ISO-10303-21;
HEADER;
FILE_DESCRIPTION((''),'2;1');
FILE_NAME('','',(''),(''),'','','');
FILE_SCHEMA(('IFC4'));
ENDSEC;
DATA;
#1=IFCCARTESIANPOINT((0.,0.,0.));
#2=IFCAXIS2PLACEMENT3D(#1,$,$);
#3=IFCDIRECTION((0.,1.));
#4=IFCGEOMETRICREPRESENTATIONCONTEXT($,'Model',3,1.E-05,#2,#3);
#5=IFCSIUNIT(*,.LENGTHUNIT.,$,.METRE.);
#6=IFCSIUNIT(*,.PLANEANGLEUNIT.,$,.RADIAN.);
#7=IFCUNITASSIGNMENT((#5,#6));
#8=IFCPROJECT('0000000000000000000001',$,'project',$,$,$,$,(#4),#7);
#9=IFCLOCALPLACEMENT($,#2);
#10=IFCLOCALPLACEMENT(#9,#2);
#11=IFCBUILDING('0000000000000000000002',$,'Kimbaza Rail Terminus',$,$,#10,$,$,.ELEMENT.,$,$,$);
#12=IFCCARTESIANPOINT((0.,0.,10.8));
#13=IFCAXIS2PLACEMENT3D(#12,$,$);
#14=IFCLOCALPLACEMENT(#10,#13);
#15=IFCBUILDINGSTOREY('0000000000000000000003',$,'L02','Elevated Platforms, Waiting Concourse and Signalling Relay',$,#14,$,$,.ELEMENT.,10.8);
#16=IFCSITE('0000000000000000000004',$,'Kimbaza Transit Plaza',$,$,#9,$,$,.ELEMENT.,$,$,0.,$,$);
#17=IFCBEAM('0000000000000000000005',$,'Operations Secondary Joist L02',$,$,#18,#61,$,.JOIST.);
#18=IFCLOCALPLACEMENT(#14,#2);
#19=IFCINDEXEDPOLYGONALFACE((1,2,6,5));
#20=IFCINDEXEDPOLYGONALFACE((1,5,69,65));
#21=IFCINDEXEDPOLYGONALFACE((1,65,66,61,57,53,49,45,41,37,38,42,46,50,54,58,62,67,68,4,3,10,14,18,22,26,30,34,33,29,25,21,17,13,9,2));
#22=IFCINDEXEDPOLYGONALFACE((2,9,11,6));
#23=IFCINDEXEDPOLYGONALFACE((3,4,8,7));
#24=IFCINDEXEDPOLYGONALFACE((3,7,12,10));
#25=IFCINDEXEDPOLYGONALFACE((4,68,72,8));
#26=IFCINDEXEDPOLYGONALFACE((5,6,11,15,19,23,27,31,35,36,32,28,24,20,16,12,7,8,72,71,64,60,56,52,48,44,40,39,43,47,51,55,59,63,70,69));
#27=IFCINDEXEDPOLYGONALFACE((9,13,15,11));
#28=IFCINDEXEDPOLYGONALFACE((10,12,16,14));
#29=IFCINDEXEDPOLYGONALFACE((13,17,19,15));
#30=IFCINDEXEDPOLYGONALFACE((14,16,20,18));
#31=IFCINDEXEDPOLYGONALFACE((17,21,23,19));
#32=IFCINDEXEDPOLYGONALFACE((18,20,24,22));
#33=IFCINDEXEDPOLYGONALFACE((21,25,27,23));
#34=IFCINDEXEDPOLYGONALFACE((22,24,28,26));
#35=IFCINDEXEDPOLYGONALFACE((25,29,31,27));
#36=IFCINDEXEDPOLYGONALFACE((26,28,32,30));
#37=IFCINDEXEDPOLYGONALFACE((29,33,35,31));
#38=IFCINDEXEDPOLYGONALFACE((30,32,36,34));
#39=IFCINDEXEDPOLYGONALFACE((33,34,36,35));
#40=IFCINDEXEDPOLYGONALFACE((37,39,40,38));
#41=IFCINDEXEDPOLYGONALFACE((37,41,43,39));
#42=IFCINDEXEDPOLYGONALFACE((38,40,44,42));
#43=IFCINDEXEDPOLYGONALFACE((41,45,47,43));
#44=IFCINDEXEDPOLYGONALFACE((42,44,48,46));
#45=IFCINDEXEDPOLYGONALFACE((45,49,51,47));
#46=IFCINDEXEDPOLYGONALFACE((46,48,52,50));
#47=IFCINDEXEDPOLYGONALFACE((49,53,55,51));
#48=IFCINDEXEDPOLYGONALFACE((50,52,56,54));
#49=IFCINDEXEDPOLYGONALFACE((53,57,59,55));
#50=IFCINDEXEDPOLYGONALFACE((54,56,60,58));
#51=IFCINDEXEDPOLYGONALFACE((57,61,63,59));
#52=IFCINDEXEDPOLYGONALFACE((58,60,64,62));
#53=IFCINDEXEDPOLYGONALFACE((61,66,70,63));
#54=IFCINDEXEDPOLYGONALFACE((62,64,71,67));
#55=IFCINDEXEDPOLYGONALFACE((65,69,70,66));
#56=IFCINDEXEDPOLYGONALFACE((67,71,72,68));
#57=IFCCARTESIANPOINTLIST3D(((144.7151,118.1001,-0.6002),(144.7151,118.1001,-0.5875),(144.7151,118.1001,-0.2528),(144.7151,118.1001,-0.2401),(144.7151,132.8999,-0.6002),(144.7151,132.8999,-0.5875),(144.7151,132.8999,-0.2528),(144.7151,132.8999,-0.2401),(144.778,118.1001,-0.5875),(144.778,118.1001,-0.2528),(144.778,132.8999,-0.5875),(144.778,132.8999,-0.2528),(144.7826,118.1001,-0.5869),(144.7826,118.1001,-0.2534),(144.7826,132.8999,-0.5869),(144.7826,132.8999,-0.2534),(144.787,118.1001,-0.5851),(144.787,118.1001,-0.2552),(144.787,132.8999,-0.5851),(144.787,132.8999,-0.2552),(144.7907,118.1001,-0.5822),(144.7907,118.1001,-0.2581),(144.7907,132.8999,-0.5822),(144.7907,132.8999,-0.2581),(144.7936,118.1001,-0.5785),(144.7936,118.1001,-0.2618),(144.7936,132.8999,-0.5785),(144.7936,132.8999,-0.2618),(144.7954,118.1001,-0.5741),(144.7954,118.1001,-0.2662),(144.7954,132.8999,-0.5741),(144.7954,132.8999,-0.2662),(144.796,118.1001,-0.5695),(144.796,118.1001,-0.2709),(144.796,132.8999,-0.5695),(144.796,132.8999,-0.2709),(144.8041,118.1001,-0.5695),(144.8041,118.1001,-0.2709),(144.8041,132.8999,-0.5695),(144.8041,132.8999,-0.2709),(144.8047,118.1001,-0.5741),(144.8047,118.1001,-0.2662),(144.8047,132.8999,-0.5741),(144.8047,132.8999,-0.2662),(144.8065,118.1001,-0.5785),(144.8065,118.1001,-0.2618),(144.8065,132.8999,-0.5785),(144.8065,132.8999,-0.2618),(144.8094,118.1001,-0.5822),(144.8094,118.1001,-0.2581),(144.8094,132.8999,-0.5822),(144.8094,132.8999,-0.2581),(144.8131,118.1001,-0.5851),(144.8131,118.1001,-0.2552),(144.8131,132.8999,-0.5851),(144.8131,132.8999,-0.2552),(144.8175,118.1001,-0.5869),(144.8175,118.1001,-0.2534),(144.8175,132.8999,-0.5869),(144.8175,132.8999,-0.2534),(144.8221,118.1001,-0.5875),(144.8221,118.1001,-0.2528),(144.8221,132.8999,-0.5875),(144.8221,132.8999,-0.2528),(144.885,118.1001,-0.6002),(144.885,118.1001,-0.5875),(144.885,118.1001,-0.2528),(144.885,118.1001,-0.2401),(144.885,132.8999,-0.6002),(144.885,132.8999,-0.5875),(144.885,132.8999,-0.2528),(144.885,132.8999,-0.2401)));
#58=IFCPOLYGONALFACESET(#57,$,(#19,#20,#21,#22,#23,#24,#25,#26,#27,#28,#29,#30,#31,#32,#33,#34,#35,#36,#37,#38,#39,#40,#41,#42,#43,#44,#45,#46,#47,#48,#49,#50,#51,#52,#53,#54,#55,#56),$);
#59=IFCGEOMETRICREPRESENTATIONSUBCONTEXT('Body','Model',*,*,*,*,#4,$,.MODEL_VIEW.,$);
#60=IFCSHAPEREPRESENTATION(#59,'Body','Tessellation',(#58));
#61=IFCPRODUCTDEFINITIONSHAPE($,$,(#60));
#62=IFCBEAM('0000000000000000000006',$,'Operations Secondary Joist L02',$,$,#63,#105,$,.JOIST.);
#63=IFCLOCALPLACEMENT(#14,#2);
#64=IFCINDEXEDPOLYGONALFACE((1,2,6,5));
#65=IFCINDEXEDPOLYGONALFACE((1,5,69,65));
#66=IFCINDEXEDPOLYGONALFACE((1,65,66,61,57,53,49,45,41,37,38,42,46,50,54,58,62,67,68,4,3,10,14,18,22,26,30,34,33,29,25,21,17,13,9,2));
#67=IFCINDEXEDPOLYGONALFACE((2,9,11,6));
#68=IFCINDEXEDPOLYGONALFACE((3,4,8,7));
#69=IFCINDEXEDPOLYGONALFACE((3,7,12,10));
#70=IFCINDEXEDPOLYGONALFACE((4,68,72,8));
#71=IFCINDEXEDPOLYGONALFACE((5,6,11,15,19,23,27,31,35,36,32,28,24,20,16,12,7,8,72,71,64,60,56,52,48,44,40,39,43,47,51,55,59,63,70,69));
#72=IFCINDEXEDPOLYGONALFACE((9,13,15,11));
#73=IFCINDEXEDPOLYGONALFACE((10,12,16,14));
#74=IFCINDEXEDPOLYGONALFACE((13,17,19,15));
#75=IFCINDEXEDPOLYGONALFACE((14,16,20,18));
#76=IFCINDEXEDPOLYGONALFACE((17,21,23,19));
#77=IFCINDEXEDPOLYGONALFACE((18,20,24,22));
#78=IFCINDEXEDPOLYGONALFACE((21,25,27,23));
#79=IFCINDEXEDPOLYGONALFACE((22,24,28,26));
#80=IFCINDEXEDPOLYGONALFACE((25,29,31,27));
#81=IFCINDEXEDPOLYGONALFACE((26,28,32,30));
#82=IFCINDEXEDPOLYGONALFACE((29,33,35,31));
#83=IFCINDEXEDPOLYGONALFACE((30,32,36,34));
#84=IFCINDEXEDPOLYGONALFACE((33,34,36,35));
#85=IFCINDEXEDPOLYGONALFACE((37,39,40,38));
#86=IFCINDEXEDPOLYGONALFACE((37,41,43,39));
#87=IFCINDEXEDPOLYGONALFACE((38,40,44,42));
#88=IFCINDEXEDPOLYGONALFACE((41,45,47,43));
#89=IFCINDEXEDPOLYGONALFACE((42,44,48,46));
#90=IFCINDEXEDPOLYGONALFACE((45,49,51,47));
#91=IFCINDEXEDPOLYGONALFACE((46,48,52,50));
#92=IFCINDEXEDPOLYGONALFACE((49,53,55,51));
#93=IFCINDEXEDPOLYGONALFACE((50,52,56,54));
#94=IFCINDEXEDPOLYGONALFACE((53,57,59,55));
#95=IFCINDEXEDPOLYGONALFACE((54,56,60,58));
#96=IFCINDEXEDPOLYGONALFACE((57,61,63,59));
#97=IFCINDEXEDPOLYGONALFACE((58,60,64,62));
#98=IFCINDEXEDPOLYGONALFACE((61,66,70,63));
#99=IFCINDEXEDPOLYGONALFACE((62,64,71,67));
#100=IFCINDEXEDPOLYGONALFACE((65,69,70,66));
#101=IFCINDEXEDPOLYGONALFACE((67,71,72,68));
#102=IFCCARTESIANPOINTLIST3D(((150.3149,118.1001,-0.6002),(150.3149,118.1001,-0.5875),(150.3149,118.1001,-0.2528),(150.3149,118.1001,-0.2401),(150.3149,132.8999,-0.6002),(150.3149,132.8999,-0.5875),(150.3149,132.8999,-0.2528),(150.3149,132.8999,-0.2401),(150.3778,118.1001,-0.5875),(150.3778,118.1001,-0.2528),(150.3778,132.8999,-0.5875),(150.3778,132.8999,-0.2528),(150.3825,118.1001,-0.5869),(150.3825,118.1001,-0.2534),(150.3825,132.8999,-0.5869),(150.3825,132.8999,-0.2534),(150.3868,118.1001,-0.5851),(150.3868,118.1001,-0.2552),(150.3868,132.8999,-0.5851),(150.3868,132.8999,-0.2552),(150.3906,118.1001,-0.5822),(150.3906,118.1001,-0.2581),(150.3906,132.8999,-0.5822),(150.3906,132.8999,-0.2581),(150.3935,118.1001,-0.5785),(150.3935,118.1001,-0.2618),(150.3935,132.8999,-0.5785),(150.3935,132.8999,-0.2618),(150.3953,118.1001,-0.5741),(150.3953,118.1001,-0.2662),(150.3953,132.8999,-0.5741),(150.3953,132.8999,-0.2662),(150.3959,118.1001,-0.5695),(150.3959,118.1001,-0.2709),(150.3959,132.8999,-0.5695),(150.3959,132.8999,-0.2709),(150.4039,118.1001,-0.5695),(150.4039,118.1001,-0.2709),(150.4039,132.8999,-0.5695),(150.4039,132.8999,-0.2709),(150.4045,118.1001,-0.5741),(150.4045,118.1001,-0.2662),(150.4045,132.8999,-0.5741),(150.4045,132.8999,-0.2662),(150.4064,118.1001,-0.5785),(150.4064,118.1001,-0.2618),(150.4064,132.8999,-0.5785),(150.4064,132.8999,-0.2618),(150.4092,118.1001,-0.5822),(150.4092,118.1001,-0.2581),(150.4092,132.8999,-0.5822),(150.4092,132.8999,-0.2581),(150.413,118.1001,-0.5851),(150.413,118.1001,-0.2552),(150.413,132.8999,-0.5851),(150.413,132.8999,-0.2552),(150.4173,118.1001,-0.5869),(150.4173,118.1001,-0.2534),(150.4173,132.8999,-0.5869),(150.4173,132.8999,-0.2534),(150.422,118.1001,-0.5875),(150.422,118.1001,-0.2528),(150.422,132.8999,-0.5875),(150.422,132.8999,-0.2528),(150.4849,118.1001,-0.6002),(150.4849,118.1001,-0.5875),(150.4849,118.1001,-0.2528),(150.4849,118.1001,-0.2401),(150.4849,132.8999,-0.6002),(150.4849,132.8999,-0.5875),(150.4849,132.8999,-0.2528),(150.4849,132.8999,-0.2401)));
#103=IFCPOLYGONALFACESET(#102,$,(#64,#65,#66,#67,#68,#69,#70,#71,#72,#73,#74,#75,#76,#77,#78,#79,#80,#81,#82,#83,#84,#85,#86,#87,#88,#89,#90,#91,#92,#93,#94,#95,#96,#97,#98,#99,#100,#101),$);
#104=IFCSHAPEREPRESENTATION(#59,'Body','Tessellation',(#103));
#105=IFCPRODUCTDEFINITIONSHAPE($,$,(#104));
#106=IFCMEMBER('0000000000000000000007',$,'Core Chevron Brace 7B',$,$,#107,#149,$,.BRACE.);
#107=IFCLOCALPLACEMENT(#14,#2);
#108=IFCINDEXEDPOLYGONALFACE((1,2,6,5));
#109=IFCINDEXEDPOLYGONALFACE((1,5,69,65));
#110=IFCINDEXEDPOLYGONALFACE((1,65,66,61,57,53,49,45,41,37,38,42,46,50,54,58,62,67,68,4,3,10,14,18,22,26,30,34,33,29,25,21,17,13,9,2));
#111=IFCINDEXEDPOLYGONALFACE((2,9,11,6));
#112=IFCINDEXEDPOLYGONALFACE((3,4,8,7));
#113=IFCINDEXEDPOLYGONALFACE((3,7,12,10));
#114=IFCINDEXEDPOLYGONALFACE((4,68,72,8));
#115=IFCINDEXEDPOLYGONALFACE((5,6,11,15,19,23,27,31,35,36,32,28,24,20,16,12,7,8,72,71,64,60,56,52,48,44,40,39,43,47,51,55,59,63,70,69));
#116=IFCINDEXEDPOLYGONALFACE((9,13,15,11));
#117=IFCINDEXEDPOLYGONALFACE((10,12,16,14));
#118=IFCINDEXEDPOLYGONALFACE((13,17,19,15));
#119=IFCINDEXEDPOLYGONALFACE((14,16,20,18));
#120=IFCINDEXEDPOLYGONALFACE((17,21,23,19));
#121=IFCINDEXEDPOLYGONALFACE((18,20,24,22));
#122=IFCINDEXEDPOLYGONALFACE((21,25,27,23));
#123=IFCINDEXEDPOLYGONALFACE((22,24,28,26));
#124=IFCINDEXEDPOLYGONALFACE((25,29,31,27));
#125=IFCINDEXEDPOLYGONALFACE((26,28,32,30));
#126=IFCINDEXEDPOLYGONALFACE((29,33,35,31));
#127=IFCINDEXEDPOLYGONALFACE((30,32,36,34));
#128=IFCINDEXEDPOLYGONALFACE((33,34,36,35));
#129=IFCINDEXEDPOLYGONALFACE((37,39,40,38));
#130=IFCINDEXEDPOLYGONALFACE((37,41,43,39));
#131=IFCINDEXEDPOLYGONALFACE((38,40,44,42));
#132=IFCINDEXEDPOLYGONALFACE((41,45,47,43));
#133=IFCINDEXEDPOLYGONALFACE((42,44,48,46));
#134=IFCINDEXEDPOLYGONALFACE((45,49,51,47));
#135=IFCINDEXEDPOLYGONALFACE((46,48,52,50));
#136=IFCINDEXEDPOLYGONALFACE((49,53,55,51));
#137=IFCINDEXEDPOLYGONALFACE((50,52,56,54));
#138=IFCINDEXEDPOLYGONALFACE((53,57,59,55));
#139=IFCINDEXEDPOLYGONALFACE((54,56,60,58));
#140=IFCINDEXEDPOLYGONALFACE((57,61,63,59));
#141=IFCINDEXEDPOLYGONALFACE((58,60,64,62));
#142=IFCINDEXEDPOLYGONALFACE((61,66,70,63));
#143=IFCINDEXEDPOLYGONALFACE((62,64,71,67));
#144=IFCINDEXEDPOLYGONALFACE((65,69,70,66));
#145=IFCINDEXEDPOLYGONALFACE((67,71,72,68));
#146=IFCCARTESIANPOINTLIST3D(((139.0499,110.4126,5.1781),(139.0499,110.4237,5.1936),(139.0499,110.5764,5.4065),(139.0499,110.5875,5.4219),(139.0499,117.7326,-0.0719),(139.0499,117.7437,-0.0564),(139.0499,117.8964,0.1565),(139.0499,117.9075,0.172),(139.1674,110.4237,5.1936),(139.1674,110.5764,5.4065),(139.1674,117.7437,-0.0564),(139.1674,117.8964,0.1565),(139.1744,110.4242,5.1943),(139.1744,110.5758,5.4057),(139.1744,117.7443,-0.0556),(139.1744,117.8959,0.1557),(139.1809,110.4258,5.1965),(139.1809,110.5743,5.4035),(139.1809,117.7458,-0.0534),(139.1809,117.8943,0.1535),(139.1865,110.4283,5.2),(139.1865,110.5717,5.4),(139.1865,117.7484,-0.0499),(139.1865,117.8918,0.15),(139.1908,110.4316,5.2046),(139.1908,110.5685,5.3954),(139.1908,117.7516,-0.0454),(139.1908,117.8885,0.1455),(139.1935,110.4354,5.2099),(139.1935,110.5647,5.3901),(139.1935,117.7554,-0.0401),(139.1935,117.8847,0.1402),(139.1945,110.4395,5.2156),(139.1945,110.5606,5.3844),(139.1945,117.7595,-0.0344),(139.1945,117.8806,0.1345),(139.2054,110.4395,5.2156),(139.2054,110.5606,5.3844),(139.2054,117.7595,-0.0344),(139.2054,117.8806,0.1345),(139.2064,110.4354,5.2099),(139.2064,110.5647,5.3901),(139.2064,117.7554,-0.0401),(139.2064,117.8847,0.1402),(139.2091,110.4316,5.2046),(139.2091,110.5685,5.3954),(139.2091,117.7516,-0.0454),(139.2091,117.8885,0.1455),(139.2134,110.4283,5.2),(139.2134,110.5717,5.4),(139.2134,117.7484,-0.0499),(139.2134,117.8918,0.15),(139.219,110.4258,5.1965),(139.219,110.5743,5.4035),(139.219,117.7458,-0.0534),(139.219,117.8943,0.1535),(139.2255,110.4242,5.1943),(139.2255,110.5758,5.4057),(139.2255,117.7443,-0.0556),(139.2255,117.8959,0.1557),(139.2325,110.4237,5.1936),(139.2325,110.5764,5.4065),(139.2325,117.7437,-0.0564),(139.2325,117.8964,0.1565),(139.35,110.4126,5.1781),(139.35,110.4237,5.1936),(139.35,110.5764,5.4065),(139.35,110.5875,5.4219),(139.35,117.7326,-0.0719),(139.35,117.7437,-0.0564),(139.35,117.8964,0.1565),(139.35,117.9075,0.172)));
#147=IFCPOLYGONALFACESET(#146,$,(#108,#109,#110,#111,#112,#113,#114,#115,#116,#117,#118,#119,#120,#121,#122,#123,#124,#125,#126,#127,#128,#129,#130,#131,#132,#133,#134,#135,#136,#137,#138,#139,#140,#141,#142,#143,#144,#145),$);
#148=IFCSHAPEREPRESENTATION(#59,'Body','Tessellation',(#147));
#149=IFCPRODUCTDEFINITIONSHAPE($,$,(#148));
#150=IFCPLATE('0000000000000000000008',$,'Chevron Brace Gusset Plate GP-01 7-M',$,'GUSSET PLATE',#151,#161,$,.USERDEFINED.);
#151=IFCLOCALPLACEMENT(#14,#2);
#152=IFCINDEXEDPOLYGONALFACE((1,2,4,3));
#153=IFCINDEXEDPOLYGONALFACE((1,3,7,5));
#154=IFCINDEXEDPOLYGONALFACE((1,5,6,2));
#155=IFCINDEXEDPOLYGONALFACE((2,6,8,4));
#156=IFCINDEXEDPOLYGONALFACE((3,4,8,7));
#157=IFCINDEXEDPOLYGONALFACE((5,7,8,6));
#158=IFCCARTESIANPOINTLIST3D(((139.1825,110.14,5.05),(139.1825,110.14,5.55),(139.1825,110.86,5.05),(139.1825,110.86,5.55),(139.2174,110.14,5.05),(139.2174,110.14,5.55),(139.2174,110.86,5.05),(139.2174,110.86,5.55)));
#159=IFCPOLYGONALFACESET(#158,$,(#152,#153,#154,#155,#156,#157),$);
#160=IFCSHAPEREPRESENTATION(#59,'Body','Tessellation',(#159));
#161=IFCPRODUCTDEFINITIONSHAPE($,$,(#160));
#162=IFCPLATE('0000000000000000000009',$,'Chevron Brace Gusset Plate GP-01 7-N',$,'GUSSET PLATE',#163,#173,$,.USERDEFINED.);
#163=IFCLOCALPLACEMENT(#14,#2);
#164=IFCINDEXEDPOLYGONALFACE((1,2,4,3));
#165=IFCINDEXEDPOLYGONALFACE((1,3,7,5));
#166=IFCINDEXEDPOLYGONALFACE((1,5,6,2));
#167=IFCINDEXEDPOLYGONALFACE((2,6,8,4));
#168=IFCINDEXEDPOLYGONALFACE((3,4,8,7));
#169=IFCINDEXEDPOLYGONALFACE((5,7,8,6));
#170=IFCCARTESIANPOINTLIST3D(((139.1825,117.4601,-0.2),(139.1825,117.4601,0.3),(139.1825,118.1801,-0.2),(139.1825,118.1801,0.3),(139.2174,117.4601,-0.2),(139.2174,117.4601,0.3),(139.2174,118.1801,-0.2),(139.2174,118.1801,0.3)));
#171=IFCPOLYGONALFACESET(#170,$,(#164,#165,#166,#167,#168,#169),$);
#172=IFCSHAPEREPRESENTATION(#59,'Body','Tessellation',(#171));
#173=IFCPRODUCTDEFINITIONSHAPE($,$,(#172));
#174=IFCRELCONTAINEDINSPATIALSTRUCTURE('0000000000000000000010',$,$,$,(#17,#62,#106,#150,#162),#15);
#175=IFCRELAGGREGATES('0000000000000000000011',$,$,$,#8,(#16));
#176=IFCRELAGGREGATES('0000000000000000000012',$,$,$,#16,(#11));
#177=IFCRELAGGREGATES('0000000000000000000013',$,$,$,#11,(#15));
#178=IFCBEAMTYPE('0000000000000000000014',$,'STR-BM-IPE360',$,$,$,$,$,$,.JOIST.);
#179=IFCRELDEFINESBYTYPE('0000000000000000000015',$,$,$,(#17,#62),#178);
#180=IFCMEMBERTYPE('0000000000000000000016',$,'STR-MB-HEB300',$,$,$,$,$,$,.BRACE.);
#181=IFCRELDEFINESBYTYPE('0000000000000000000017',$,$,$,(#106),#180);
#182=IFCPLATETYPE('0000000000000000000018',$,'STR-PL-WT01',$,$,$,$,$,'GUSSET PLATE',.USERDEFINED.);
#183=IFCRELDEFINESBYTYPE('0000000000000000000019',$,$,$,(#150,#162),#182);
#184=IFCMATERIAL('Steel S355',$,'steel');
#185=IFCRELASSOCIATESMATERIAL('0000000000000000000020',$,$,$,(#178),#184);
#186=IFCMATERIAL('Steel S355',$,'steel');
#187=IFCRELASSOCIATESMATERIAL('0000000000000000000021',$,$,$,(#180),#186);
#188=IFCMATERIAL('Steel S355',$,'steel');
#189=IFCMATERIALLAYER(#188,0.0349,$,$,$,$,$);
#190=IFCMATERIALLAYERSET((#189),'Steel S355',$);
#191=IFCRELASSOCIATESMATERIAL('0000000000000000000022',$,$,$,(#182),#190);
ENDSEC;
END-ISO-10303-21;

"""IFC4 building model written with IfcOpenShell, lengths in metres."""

from ifc_helpers import new_model, si_unit, direction, frame, origin, origin_2d, place, context, subcontext, project, spatial, rectangle, i_section, extrude, material, layer, layer_set, material_profile, profile_set, type_object, element, save


model = new_model("IFC4")

# Units and contexts
model_context = context("Model", 3, precision=1e-05, world=origin(), true_north=direction((0.0, 1.0)))
body_context = subcontext(model_context, "Body", "Model", "MODEL_VIEW")
ifc_project = project(units=[si_unit("LENGTHUNIT", "METRE"), si_unit("PLANEANGLEUNIT", "RADIAN")], contexts=[model_context])

# Site, building, storey
site_placement = place(None, origin())
site = spatial("IfcSite", under=ifc_project, at=site_placement, Name="Kimbaza Transit Plaza", CompositionType="ELEMENT", RefElevation=0.0)
building_placement = place(site_placement, origin())
building = spatial("IfcBuilding", under=site, at=building_placement, Name="Kimbaza Rail Terminus", CompositionType="ELEMENT")
storey_placement = place(building_placement, frame((0.0, 0.0, 10.8)))
storey = spatial("IfcBuildingStorey", under=building, at=storey_placement, Name="L02", Description="Elevated Platforms, Waiting Concourse and Signalling Relay", CompositionType="ELEMENT", Elevation=10.8)

# Beams
ifc_material_1 = material(Name="Steel S355", Category="steel")
ifc_material_profile_1 = material_profile(ifc_material_1, i_section(OverallWidth=0.1699, OverallDepth=0.3601, WebThickness=0.0081, FlangeThickness=0.0127, FilletRadius=0.0181, at=origin_2d()), Name="IPE 360")
ifc_profile_set_1 = profile_set([ifc_material_profile_1], Name="Steel S355")
beam_type_1 = type_object("IfcBeamType", Name="STR-BM-IPE360", PredefinedType="JOIST", material=ifc_profile_set_1)
for number, where, z_axis, x_axis, name in (
    (1, (144.8, 118.1001, -0.4202), (0.0, 1.0, 0.0), (-1.0, 0.0, 0.0), "Operations Secondary Joist L02"),
    (2, (150.3999, 118.1001, -0.4202), (0.0, 1.0, 0.0), (-1.0, 0.0, 0.0), "Operations Secondary Joist L02"),
):
    element("IfcBeam", number, at=place(storey_placement, frame(where, z_axis=z_axis, x_axis=x_axis)), inside=storey, type_object=beam_type_1, Name=name, PredefinedType="JOIST", context=body_context, shape_type="SweptSolid", body=[
        extrude(i_section(OverallWidth=0.1699, OverallDepth=0.3601, WebThickness=0.0081, FlangeThickness=0.0127, FilletRadius=0.0181, at=origin_2d()), origin(), (0.0, 0.0, 1.0), 14.7998),
    ])

# Member
ifc_material_2 = material(Name="Steel S355", Category="steel")
ifc_material_profile_2 = material_profile(ifc_material_2, i_section(OverallWidth=0.3, OverallDepth=0.3, WebThickness=0.011, FlangeThickness=0.019, FilletRadius=0.0271, at=origin_2d()), Name="HEB 300")
ifc_profile_set_2 = profile_set([ifc_material_profile_2], Name="Steel S355")
member_type = type_object("IfcMemberType", Name="STR-MB-HEB300", PredefinedType="BRACE", material=ifc_profile_set_2)
member_placement = place(storey_placement, frame((139.2, 117.8201, 0.05), z_axis=(0.0, -0.812609, 0.582809), x_axis=(1.0, 0.0, 0.0)))
element("IfcMember", 3, at=member_placement, inside=storey, type_object=member_type, Name="Core Chevron Brace 7B", PredefinedType="BRACE", context=body_context, shape_type="SweptSolid", body=[
    extrude(i_section(OverallWidth=0.3, OverallDepth=0.3, WebThickness=0.011, FlangeThickness=0.019, FilletRadius=0.0271, at=origin_2d()), origin(), (0.0, 0.0, 1.0), 9.0081),
])

# Plates
ifc_material_3 = material(Name="Steel S355", Category="steel")
ifc_layer_1 = layer(ifc_material_3, 0.0349)
ifc_layer_set_1 = layer_set([ifc_layer_1], Name="Steel S355")
plate_type = type_object("IfcPlateType", Name="STR-PL-WT01", ElementType="GUSSET PLATE", PredefinedType="USERDEFINED", material=ifc_layer_set_1)
for number, where, z_axis, x_axis, name in (
    (4, (139.2, 110.5, 5.05), (0.0, 0.0, 1.0), (1.0, 0.0, 0.0), "Chevron Brace Gusset Plate GP-01 7-M"),
    (5, (139.2, 117.8201, -0.2), (0.0, 0.0, 1.0), (1.0, 0.0, 0.0), "Chevron Brace Gusset Plate GP-01 7-N"),
):
    element("IfcPlate", number, at=place(storey_placement, frame(where, z_axis=z_axis, x_axis=x_axis)), inside=storey, type_object=plate_type, Name=name, ObjectType="GUSSET PLATE", PredefinedType="USERDEFINED", context=body_context, shape_type="SweptSolid", body=[
        extrude(rectangle(XDim=0.0349, YDim=0.72, at=origin_2d()), origin(), (0.0, 0.0, 1.0), 0.5),
    ])

save(model, "model.ifc")
